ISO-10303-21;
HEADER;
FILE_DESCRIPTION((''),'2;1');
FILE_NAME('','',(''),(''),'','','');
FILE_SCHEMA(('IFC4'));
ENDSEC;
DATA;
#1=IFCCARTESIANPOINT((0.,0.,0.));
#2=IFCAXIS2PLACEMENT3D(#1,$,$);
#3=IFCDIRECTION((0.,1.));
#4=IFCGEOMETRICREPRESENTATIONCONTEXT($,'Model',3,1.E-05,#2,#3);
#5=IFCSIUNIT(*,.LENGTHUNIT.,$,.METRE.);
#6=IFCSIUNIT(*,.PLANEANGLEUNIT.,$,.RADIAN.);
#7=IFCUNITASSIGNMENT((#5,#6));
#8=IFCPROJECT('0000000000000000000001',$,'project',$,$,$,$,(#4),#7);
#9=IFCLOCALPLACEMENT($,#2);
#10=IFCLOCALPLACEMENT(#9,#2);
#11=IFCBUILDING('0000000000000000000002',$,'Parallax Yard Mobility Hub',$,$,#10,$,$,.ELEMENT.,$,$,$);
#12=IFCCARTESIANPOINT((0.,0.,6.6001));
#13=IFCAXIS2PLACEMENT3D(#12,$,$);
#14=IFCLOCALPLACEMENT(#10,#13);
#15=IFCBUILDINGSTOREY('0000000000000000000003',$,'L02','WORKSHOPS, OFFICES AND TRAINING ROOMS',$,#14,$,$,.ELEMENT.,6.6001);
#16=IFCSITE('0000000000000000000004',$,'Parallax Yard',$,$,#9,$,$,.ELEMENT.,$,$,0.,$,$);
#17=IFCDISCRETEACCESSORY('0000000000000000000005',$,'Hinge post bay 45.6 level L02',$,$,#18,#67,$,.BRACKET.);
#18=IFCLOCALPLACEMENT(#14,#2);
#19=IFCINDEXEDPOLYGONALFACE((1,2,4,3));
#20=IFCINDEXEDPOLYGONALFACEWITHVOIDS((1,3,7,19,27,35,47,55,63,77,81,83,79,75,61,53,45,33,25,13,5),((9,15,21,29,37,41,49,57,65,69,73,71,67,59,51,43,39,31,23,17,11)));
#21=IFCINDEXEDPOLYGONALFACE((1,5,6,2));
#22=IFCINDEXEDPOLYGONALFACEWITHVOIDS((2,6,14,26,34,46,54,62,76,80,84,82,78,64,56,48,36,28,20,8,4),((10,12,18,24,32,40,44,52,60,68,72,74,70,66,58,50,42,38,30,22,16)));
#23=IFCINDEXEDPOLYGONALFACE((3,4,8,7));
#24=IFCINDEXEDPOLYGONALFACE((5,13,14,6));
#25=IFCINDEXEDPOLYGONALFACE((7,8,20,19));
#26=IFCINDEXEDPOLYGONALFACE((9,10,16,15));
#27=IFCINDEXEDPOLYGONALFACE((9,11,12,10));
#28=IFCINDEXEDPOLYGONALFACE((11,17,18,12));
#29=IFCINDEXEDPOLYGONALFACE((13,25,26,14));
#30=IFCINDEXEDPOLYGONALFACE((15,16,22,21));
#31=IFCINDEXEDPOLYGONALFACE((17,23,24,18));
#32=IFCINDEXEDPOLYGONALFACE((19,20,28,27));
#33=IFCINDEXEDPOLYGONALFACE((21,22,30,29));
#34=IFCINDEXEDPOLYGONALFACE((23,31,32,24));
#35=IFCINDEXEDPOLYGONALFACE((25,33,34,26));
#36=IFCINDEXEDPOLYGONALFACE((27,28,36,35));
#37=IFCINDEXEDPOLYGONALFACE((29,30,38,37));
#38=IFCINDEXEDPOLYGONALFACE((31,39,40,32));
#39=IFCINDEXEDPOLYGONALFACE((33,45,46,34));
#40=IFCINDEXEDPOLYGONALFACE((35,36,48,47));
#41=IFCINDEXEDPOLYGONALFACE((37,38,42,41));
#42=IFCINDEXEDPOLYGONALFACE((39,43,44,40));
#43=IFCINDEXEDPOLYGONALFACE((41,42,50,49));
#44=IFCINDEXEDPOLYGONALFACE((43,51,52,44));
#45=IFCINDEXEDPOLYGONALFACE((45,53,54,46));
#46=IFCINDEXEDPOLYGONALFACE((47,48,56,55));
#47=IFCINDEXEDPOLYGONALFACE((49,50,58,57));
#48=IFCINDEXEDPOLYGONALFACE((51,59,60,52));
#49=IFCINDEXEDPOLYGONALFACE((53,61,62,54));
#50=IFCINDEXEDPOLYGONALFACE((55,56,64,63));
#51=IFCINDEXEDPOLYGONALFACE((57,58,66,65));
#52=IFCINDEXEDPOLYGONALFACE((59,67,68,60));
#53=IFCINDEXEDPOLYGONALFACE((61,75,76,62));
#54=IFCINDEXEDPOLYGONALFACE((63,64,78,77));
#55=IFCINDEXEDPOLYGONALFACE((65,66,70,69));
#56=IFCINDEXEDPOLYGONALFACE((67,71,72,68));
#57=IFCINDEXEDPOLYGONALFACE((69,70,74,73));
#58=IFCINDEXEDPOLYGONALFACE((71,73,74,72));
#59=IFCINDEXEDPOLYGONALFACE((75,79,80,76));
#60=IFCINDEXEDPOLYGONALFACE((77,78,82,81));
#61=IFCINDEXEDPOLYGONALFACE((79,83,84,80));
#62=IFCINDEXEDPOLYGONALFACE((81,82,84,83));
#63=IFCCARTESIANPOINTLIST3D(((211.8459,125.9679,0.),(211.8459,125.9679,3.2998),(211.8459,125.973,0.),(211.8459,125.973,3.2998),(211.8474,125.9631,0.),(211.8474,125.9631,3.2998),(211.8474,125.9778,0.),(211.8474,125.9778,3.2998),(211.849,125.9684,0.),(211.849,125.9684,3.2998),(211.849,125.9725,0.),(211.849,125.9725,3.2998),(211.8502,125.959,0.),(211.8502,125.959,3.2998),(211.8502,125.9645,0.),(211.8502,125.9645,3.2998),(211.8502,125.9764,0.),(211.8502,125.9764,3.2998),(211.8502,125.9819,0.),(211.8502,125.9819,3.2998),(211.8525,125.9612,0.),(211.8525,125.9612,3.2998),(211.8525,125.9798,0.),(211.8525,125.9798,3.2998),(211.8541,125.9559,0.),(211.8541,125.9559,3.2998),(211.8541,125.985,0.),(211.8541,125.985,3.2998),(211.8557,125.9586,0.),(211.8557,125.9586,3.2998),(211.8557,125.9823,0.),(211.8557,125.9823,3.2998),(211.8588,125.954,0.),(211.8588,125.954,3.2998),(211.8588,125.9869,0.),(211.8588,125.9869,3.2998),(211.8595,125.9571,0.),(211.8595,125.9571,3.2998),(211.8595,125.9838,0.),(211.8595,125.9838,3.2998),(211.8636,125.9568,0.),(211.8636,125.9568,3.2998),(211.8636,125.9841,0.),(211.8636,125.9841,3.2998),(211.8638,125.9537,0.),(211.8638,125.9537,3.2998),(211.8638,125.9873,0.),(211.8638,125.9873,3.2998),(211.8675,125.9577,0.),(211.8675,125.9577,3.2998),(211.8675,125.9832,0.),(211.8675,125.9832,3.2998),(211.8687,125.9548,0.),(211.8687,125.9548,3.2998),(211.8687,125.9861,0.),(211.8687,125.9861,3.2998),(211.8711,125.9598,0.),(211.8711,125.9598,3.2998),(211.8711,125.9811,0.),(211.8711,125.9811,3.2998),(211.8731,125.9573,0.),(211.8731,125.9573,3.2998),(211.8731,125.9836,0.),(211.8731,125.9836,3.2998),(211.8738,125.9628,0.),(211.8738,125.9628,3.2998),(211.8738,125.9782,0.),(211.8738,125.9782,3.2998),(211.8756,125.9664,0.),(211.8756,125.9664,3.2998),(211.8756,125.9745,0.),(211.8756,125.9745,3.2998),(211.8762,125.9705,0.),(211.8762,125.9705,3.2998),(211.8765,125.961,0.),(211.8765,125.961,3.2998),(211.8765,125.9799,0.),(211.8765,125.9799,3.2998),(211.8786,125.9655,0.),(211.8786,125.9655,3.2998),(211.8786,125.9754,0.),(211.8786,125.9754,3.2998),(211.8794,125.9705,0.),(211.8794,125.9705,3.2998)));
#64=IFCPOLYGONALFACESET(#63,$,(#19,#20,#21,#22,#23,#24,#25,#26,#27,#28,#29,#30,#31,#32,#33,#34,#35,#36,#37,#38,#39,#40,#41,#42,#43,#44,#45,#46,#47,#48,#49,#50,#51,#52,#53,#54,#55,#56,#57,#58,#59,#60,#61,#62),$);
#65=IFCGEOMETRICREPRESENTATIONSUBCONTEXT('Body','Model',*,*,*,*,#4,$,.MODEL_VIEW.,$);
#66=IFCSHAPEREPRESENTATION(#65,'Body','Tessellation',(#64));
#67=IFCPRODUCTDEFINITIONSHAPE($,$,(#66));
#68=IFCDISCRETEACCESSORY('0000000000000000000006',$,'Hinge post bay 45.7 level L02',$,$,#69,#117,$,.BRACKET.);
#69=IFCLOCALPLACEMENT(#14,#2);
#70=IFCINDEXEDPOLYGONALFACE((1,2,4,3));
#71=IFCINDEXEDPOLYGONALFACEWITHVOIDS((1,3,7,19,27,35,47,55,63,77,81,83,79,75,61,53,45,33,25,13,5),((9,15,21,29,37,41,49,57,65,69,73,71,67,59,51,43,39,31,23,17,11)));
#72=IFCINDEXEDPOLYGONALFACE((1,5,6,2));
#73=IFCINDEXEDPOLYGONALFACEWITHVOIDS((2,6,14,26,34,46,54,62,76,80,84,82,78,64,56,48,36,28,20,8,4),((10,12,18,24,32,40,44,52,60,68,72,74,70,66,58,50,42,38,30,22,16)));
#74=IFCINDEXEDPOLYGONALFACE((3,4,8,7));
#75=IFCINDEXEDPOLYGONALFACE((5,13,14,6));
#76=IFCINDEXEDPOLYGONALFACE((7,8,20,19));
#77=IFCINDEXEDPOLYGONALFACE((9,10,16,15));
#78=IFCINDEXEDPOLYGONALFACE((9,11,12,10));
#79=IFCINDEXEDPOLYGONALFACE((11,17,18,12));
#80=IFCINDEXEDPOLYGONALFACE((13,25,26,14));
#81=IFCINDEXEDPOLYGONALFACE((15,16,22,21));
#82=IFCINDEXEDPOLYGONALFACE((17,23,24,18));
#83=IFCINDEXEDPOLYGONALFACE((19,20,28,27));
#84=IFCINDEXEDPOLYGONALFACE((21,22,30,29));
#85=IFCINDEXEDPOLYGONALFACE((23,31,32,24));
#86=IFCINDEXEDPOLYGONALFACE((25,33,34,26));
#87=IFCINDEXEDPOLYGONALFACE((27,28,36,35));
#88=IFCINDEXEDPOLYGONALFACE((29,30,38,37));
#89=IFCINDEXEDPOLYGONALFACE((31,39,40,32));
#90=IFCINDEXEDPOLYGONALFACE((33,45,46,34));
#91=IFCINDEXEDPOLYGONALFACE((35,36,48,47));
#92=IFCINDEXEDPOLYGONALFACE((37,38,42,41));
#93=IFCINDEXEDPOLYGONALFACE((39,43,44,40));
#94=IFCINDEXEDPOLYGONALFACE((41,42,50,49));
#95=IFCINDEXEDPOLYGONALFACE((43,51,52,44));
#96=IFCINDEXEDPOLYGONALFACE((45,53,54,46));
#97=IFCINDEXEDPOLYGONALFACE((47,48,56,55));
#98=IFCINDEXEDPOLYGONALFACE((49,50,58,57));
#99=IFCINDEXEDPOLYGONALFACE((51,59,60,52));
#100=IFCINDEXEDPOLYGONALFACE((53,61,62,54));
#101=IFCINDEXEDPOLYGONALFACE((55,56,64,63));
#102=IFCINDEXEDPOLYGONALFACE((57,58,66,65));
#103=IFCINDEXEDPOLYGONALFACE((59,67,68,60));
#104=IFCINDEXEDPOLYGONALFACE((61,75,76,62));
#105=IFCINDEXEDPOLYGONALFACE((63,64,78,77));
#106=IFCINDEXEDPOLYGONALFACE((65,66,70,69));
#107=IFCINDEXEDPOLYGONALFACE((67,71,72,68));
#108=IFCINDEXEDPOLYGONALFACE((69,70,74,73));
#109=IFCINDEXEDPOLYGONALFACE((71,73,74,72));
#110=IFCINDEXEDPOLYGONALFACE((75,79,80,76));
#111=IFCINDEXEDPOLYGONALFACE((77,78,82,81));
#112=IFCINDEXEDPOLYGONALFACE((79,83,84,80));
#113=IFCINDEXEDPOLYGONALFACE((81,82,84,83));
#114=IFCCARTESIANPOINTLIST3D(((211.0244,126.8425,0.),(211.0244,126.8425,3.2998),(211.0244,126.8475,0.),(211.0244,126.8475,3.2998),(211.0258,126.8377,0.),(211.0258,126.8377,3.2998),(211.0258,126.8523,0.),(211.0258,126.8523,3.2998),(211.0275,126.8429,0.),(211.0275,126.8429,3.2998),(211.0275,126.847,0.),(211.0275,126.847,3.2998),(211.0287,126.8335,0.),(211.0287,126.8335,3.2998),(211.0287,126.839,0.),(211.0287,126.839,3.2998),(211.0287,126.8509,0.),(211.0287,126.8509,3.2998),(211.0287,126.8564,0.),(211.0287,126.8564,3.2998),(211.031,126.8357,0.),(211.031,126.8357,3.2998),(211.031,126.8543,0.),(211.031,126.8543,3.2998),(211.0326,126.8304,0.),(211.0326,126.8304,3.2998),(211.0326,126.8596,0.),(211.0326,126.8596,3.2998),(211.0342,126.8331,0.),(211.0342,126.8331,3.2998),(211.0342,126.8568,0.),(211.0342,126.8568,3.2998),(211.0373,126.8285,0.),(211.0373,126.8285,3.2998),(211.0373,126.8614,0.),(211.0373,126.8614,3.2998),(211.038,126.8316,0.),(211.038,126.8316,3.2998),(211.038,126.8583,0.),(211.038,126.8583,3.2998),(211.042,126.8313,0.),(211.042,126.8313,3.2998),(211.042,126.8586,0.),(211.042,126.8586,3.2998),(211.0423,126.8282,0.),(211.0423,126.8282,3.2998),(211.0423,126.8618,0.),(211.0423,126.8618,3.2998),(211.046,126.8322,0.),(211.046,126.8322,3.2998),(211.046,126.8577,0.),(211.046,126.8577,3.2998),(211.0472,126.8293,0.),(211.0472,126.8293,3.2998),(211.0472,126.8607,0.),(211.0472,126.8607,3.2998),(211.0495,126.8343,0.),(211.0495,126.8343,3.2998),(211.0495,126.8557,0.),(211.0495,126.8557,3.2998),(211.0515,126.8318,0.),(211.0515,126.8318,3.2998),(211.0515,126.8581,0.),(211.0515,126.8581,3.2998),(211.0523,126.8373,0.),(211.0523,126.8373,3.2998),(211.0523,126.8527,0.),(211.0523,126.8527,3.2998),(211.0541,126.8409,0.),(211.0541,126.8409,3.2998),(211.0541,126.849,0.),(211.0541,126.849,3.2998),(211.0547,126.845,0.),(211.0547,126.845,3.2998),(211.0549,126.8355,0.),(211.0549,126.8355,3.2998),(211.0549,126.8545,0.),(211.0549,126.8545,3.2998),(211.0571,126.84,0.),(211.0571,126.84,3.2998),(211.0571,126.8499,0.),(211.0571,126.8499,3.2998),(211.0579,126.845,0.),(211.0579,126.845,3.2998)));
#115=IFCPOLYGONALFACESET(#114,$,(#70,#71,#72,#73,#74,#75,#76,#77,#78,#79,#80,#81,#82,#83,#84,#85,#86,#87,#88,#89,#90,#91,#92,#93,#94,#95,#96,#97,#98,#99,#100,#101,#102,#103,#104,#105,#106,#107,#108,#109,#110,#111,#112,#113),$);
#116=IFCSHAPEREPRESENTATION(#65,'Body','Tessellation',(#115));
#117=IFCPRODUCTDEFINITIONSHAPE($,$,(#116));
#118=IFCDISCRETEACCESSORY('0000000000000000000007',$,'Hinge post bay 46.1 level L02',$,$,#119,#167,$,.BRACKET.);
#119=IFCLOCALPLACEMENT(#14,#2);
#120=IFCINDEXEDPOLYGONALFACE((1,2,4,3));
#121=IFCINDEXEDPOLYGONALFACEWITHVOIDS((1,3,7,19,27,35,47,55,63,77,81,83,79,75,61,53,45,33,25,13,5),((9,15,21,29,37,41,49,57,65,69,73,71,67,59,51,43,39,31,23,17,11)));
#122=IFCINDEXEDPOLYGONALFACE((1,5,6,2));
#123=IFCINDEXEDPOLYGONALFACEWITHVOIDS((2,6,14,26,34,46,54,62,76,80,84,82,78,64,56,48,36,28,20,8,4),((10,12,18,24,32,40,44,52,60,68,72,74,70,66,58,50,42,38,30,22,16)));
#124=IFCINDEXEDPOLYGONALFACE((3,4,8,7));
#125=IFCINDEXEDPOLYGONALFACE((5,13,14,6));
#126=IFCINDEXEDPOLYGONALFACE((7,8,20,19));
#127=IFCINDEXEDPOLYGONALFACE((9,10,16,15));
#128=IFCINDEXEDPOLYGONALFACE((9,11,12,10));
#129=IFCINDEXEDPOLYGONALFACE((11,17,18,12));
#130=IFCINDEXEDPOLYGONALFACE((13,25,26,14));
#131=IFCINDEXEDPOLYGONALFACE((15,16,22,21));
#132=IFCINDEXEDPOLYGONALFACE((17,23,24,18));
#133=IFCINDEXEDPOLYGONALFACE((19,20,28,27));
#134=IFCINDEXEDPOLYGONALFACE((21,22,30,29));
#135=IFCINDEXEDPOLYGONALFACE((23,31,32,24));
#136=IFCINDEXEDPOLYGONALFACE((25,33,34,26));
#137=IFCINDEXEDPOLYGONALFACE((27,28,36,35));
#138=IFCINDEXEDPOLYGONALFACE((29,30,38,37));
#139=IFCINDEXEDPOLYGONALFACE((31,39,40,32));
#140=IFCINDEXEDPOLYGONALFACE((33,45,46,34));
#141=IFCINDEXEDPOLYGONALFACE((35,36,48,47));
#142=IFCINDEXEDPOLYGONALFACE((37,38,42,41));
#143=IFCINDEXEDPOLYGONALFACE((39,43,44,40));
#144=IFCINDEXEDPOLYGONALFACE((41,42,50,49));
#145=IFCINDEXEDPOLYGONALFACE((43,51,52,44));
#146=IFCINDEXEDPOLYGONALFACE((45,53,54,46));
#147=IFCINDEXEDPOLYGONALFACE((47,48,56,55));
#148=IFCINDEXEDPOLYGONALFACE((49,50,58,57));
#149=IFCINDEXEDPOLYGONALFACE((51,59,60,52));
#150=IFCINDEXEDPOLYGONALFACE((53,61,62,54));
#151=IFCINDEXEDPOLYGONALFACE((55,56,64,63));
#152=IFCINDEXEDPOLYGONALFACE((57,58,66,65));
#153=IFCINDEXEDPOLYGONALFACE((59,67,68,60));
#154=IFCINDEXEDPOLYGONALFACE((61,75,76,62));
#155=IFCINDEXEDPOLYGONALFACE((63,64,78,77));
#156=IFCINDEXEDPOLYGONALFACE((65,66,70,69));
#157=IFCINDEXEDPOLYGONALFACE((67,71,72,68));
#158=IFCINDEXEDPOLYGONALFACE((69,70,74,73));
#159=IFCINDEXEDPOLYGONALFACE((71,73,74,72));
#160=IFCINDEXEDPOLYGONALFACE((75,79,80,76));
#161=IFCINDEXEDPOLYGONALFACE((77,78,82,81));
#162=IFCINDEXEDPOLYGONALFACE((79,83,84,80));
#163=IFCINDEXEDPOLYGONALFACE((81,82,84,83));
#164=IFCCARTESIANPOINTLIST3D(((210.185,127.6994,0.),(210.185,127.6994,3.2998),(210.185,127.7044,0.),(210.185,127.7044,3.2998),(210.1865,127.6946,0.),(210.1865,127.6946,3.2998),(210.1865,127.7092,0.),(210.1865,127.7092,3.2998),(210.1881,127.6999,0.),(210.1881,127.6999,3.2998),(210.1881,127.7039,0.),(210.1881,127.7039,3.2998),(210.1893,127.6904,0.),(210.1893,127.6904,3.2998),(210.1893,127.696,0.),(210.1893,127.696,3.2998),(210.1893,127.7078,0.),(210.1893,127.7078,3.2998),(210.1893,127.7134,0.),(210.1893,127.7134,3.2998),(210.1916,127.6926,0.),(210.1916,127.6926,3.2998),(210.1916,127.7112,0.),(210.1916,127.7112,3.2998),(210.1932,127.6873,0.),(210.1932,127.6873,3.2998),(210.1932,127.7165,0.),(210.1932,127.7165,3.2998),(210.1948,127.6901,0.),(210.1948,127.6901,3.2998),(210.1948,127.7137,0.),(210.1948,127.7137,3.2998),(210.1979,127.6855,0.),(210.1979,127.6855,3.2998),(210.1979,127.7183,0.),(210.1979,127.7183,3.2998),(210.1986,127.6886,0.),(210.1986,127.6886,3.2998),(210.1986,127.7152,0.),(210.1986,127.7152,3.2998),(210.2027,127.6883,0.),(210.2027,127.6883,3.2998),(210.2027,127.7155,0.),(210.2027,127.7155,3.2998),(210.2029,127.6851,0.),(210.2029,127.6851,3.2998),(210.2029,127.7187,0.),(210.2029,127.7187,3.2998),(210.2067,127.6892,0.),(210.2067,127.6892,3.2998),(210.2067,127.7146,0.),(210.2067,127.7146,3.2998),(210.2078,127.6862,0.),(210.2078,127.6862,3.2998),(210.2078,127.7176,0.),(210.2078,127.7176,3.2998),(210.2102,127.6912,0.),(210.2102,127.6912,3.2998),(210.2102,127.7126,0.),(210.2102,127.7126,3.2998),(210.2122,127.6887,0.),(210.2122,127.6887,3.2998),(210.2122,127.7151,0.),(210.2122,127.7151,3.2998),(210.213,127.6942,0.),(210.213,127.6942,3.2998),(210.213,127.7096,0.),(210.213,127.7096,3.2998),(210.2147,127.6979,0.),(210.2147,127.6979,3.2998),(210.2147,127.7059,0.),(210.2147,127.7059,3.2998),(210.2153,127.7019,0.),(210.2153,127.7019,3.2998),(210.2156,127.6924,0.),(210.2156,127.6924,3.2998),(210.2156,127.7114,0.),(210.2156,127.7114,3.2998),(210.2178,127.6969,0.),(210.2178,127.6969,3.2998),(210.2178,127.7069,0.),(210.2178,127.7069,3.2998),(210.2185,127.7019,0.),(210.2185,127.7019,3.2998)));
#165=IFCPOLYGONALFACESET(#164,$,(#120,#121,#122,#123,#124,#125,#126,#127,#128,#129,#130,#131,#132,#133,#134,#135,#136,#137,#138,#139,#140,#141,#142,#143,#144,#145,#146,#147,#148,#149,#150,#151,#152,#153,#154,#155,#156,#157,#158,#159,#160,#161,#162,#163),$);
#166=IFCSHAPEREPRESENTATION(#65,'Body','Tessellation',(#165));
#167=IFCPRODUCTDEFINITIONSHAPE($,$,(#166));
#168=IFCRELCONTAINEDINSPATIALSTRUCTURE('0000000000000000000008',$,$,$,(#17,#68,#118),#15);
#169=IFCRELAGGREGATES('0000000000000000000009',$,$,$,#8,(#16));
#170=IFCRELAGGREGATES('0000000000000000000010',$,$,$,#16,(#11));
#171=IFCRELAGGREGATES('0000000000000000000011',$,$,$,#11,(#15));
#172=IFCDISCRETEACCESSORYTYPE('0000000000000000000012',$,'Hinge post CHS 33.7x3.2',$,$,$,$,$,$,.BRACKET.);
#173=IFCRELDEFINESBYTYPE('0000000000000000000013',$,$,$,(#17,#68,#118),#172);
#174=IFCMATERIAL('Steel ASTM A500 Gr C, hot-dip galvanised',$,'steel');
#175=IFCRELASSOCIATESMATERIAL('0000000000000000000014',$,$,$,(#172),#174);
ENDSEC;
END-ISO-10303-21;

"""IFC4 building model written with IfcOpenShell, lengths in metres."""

from ifc_helpers import new_model, si_unit, direction, frame, origin, origin_2d, place, context, subcontext, project, spatial, hollow_circle, extrude, material, material_profile, profile_set, type_object, element, save


model = new_model("IFC4")

# Units and contexts
model_context = context("Model", 3, precision=1e-05, world=origin(), true_north=direction((0.0, 1.0)))
body_context = subcontext(model_context, "Body", "Model", "MODEL_VIEW")
ifc_project = project(units=[si_unit("LENGTHUNIT", "METRE"), si_unit("PLANEANGLEUNIT", "RADIAN")], contexts=[model_context])

# Site, building, storey
site_placement = place(None, origin())
site = spatial("IfcSite", under=ifc_project, at=site_placement, Name="Parallax Yard", CompositionType="ELEMENT", RefElevation=0.0)
building_placement = place(site_placement, origin())
building = spatial("IfcBuilding", under=site, at=building_placement, Name="Parallax Yard Mobility Hub", CompositionType="ELEMENT")
storey_placement = place(building_placement, frame((0.0, 0.0, 6.6001)))
storey = spatial("IfcBuildingStorey", under=building, at=storey_placement, Name="L02", Description="WORKSHOPS, OFFICES AND TRAINING ROOMS", CompositionType="ELEMENT", Elevation=6.6001)

# Discrete accessories
ifc_material_1 = material(Name="Steel ASTM A500 Gr C, hot-dip galvanised", Category="steel")
ifc_material_profile_1 = material_profile(ifc_material_1, hollow_circle(Radius=0.0168, WallThickness=0.0032, at=origin_2d()), Name="CHS 33.7x3.2")
ifc_profile_set_1 = profile_set([ifc_material_profile_1], Name="Steel ASTM A500 Gr C, hot-dip galvanised")
discrete_accessory_type_1 = type_object("IfcDiscreteAccessoryType", Name="Hinge post CHS 33.7x3.2", PredefinedType="BRACKET", material=ifc_profile_set_1)
for number, where, z_axis, x_axis, name in (
    (1, (211.8625, 125.9705, 0.0), (0.0, 0.0, 1.0), (1.0, 0.0, 0.0), "Hinge post bay 45.6 level L02"),
    (2, (211.041, 126.845, 0.0), (0.0, 0.0, 1.0), (1.0, 0.0, 0.0), "Hinge post bay 45.7 level L02"),
    (3, (210.2017, 127.7019, 0.0), (0.0, 0.0, 1.0), (1.0, 0.0, 0.0), "Hinge post bay 46.1 level L02"),
):
    element("IfcDiscreteAccessory", number, at=place(storey_placement, frame(where, z_axis=z_axis, x_axis=x_axis)), inside=storey, type_object=discrete_accessory_type_1, Name=name, PredefinedType="BRACKET", context=body_context, shape_type="SweptSolid", body=[
        extrude(hollow_circle(Radius=0.0168, WallThickness=0.0032, at=origin_2d()), origin(), (0.0, 0.0, 1.0), 3.2998),
    ])

save(model, "model.ifc")
